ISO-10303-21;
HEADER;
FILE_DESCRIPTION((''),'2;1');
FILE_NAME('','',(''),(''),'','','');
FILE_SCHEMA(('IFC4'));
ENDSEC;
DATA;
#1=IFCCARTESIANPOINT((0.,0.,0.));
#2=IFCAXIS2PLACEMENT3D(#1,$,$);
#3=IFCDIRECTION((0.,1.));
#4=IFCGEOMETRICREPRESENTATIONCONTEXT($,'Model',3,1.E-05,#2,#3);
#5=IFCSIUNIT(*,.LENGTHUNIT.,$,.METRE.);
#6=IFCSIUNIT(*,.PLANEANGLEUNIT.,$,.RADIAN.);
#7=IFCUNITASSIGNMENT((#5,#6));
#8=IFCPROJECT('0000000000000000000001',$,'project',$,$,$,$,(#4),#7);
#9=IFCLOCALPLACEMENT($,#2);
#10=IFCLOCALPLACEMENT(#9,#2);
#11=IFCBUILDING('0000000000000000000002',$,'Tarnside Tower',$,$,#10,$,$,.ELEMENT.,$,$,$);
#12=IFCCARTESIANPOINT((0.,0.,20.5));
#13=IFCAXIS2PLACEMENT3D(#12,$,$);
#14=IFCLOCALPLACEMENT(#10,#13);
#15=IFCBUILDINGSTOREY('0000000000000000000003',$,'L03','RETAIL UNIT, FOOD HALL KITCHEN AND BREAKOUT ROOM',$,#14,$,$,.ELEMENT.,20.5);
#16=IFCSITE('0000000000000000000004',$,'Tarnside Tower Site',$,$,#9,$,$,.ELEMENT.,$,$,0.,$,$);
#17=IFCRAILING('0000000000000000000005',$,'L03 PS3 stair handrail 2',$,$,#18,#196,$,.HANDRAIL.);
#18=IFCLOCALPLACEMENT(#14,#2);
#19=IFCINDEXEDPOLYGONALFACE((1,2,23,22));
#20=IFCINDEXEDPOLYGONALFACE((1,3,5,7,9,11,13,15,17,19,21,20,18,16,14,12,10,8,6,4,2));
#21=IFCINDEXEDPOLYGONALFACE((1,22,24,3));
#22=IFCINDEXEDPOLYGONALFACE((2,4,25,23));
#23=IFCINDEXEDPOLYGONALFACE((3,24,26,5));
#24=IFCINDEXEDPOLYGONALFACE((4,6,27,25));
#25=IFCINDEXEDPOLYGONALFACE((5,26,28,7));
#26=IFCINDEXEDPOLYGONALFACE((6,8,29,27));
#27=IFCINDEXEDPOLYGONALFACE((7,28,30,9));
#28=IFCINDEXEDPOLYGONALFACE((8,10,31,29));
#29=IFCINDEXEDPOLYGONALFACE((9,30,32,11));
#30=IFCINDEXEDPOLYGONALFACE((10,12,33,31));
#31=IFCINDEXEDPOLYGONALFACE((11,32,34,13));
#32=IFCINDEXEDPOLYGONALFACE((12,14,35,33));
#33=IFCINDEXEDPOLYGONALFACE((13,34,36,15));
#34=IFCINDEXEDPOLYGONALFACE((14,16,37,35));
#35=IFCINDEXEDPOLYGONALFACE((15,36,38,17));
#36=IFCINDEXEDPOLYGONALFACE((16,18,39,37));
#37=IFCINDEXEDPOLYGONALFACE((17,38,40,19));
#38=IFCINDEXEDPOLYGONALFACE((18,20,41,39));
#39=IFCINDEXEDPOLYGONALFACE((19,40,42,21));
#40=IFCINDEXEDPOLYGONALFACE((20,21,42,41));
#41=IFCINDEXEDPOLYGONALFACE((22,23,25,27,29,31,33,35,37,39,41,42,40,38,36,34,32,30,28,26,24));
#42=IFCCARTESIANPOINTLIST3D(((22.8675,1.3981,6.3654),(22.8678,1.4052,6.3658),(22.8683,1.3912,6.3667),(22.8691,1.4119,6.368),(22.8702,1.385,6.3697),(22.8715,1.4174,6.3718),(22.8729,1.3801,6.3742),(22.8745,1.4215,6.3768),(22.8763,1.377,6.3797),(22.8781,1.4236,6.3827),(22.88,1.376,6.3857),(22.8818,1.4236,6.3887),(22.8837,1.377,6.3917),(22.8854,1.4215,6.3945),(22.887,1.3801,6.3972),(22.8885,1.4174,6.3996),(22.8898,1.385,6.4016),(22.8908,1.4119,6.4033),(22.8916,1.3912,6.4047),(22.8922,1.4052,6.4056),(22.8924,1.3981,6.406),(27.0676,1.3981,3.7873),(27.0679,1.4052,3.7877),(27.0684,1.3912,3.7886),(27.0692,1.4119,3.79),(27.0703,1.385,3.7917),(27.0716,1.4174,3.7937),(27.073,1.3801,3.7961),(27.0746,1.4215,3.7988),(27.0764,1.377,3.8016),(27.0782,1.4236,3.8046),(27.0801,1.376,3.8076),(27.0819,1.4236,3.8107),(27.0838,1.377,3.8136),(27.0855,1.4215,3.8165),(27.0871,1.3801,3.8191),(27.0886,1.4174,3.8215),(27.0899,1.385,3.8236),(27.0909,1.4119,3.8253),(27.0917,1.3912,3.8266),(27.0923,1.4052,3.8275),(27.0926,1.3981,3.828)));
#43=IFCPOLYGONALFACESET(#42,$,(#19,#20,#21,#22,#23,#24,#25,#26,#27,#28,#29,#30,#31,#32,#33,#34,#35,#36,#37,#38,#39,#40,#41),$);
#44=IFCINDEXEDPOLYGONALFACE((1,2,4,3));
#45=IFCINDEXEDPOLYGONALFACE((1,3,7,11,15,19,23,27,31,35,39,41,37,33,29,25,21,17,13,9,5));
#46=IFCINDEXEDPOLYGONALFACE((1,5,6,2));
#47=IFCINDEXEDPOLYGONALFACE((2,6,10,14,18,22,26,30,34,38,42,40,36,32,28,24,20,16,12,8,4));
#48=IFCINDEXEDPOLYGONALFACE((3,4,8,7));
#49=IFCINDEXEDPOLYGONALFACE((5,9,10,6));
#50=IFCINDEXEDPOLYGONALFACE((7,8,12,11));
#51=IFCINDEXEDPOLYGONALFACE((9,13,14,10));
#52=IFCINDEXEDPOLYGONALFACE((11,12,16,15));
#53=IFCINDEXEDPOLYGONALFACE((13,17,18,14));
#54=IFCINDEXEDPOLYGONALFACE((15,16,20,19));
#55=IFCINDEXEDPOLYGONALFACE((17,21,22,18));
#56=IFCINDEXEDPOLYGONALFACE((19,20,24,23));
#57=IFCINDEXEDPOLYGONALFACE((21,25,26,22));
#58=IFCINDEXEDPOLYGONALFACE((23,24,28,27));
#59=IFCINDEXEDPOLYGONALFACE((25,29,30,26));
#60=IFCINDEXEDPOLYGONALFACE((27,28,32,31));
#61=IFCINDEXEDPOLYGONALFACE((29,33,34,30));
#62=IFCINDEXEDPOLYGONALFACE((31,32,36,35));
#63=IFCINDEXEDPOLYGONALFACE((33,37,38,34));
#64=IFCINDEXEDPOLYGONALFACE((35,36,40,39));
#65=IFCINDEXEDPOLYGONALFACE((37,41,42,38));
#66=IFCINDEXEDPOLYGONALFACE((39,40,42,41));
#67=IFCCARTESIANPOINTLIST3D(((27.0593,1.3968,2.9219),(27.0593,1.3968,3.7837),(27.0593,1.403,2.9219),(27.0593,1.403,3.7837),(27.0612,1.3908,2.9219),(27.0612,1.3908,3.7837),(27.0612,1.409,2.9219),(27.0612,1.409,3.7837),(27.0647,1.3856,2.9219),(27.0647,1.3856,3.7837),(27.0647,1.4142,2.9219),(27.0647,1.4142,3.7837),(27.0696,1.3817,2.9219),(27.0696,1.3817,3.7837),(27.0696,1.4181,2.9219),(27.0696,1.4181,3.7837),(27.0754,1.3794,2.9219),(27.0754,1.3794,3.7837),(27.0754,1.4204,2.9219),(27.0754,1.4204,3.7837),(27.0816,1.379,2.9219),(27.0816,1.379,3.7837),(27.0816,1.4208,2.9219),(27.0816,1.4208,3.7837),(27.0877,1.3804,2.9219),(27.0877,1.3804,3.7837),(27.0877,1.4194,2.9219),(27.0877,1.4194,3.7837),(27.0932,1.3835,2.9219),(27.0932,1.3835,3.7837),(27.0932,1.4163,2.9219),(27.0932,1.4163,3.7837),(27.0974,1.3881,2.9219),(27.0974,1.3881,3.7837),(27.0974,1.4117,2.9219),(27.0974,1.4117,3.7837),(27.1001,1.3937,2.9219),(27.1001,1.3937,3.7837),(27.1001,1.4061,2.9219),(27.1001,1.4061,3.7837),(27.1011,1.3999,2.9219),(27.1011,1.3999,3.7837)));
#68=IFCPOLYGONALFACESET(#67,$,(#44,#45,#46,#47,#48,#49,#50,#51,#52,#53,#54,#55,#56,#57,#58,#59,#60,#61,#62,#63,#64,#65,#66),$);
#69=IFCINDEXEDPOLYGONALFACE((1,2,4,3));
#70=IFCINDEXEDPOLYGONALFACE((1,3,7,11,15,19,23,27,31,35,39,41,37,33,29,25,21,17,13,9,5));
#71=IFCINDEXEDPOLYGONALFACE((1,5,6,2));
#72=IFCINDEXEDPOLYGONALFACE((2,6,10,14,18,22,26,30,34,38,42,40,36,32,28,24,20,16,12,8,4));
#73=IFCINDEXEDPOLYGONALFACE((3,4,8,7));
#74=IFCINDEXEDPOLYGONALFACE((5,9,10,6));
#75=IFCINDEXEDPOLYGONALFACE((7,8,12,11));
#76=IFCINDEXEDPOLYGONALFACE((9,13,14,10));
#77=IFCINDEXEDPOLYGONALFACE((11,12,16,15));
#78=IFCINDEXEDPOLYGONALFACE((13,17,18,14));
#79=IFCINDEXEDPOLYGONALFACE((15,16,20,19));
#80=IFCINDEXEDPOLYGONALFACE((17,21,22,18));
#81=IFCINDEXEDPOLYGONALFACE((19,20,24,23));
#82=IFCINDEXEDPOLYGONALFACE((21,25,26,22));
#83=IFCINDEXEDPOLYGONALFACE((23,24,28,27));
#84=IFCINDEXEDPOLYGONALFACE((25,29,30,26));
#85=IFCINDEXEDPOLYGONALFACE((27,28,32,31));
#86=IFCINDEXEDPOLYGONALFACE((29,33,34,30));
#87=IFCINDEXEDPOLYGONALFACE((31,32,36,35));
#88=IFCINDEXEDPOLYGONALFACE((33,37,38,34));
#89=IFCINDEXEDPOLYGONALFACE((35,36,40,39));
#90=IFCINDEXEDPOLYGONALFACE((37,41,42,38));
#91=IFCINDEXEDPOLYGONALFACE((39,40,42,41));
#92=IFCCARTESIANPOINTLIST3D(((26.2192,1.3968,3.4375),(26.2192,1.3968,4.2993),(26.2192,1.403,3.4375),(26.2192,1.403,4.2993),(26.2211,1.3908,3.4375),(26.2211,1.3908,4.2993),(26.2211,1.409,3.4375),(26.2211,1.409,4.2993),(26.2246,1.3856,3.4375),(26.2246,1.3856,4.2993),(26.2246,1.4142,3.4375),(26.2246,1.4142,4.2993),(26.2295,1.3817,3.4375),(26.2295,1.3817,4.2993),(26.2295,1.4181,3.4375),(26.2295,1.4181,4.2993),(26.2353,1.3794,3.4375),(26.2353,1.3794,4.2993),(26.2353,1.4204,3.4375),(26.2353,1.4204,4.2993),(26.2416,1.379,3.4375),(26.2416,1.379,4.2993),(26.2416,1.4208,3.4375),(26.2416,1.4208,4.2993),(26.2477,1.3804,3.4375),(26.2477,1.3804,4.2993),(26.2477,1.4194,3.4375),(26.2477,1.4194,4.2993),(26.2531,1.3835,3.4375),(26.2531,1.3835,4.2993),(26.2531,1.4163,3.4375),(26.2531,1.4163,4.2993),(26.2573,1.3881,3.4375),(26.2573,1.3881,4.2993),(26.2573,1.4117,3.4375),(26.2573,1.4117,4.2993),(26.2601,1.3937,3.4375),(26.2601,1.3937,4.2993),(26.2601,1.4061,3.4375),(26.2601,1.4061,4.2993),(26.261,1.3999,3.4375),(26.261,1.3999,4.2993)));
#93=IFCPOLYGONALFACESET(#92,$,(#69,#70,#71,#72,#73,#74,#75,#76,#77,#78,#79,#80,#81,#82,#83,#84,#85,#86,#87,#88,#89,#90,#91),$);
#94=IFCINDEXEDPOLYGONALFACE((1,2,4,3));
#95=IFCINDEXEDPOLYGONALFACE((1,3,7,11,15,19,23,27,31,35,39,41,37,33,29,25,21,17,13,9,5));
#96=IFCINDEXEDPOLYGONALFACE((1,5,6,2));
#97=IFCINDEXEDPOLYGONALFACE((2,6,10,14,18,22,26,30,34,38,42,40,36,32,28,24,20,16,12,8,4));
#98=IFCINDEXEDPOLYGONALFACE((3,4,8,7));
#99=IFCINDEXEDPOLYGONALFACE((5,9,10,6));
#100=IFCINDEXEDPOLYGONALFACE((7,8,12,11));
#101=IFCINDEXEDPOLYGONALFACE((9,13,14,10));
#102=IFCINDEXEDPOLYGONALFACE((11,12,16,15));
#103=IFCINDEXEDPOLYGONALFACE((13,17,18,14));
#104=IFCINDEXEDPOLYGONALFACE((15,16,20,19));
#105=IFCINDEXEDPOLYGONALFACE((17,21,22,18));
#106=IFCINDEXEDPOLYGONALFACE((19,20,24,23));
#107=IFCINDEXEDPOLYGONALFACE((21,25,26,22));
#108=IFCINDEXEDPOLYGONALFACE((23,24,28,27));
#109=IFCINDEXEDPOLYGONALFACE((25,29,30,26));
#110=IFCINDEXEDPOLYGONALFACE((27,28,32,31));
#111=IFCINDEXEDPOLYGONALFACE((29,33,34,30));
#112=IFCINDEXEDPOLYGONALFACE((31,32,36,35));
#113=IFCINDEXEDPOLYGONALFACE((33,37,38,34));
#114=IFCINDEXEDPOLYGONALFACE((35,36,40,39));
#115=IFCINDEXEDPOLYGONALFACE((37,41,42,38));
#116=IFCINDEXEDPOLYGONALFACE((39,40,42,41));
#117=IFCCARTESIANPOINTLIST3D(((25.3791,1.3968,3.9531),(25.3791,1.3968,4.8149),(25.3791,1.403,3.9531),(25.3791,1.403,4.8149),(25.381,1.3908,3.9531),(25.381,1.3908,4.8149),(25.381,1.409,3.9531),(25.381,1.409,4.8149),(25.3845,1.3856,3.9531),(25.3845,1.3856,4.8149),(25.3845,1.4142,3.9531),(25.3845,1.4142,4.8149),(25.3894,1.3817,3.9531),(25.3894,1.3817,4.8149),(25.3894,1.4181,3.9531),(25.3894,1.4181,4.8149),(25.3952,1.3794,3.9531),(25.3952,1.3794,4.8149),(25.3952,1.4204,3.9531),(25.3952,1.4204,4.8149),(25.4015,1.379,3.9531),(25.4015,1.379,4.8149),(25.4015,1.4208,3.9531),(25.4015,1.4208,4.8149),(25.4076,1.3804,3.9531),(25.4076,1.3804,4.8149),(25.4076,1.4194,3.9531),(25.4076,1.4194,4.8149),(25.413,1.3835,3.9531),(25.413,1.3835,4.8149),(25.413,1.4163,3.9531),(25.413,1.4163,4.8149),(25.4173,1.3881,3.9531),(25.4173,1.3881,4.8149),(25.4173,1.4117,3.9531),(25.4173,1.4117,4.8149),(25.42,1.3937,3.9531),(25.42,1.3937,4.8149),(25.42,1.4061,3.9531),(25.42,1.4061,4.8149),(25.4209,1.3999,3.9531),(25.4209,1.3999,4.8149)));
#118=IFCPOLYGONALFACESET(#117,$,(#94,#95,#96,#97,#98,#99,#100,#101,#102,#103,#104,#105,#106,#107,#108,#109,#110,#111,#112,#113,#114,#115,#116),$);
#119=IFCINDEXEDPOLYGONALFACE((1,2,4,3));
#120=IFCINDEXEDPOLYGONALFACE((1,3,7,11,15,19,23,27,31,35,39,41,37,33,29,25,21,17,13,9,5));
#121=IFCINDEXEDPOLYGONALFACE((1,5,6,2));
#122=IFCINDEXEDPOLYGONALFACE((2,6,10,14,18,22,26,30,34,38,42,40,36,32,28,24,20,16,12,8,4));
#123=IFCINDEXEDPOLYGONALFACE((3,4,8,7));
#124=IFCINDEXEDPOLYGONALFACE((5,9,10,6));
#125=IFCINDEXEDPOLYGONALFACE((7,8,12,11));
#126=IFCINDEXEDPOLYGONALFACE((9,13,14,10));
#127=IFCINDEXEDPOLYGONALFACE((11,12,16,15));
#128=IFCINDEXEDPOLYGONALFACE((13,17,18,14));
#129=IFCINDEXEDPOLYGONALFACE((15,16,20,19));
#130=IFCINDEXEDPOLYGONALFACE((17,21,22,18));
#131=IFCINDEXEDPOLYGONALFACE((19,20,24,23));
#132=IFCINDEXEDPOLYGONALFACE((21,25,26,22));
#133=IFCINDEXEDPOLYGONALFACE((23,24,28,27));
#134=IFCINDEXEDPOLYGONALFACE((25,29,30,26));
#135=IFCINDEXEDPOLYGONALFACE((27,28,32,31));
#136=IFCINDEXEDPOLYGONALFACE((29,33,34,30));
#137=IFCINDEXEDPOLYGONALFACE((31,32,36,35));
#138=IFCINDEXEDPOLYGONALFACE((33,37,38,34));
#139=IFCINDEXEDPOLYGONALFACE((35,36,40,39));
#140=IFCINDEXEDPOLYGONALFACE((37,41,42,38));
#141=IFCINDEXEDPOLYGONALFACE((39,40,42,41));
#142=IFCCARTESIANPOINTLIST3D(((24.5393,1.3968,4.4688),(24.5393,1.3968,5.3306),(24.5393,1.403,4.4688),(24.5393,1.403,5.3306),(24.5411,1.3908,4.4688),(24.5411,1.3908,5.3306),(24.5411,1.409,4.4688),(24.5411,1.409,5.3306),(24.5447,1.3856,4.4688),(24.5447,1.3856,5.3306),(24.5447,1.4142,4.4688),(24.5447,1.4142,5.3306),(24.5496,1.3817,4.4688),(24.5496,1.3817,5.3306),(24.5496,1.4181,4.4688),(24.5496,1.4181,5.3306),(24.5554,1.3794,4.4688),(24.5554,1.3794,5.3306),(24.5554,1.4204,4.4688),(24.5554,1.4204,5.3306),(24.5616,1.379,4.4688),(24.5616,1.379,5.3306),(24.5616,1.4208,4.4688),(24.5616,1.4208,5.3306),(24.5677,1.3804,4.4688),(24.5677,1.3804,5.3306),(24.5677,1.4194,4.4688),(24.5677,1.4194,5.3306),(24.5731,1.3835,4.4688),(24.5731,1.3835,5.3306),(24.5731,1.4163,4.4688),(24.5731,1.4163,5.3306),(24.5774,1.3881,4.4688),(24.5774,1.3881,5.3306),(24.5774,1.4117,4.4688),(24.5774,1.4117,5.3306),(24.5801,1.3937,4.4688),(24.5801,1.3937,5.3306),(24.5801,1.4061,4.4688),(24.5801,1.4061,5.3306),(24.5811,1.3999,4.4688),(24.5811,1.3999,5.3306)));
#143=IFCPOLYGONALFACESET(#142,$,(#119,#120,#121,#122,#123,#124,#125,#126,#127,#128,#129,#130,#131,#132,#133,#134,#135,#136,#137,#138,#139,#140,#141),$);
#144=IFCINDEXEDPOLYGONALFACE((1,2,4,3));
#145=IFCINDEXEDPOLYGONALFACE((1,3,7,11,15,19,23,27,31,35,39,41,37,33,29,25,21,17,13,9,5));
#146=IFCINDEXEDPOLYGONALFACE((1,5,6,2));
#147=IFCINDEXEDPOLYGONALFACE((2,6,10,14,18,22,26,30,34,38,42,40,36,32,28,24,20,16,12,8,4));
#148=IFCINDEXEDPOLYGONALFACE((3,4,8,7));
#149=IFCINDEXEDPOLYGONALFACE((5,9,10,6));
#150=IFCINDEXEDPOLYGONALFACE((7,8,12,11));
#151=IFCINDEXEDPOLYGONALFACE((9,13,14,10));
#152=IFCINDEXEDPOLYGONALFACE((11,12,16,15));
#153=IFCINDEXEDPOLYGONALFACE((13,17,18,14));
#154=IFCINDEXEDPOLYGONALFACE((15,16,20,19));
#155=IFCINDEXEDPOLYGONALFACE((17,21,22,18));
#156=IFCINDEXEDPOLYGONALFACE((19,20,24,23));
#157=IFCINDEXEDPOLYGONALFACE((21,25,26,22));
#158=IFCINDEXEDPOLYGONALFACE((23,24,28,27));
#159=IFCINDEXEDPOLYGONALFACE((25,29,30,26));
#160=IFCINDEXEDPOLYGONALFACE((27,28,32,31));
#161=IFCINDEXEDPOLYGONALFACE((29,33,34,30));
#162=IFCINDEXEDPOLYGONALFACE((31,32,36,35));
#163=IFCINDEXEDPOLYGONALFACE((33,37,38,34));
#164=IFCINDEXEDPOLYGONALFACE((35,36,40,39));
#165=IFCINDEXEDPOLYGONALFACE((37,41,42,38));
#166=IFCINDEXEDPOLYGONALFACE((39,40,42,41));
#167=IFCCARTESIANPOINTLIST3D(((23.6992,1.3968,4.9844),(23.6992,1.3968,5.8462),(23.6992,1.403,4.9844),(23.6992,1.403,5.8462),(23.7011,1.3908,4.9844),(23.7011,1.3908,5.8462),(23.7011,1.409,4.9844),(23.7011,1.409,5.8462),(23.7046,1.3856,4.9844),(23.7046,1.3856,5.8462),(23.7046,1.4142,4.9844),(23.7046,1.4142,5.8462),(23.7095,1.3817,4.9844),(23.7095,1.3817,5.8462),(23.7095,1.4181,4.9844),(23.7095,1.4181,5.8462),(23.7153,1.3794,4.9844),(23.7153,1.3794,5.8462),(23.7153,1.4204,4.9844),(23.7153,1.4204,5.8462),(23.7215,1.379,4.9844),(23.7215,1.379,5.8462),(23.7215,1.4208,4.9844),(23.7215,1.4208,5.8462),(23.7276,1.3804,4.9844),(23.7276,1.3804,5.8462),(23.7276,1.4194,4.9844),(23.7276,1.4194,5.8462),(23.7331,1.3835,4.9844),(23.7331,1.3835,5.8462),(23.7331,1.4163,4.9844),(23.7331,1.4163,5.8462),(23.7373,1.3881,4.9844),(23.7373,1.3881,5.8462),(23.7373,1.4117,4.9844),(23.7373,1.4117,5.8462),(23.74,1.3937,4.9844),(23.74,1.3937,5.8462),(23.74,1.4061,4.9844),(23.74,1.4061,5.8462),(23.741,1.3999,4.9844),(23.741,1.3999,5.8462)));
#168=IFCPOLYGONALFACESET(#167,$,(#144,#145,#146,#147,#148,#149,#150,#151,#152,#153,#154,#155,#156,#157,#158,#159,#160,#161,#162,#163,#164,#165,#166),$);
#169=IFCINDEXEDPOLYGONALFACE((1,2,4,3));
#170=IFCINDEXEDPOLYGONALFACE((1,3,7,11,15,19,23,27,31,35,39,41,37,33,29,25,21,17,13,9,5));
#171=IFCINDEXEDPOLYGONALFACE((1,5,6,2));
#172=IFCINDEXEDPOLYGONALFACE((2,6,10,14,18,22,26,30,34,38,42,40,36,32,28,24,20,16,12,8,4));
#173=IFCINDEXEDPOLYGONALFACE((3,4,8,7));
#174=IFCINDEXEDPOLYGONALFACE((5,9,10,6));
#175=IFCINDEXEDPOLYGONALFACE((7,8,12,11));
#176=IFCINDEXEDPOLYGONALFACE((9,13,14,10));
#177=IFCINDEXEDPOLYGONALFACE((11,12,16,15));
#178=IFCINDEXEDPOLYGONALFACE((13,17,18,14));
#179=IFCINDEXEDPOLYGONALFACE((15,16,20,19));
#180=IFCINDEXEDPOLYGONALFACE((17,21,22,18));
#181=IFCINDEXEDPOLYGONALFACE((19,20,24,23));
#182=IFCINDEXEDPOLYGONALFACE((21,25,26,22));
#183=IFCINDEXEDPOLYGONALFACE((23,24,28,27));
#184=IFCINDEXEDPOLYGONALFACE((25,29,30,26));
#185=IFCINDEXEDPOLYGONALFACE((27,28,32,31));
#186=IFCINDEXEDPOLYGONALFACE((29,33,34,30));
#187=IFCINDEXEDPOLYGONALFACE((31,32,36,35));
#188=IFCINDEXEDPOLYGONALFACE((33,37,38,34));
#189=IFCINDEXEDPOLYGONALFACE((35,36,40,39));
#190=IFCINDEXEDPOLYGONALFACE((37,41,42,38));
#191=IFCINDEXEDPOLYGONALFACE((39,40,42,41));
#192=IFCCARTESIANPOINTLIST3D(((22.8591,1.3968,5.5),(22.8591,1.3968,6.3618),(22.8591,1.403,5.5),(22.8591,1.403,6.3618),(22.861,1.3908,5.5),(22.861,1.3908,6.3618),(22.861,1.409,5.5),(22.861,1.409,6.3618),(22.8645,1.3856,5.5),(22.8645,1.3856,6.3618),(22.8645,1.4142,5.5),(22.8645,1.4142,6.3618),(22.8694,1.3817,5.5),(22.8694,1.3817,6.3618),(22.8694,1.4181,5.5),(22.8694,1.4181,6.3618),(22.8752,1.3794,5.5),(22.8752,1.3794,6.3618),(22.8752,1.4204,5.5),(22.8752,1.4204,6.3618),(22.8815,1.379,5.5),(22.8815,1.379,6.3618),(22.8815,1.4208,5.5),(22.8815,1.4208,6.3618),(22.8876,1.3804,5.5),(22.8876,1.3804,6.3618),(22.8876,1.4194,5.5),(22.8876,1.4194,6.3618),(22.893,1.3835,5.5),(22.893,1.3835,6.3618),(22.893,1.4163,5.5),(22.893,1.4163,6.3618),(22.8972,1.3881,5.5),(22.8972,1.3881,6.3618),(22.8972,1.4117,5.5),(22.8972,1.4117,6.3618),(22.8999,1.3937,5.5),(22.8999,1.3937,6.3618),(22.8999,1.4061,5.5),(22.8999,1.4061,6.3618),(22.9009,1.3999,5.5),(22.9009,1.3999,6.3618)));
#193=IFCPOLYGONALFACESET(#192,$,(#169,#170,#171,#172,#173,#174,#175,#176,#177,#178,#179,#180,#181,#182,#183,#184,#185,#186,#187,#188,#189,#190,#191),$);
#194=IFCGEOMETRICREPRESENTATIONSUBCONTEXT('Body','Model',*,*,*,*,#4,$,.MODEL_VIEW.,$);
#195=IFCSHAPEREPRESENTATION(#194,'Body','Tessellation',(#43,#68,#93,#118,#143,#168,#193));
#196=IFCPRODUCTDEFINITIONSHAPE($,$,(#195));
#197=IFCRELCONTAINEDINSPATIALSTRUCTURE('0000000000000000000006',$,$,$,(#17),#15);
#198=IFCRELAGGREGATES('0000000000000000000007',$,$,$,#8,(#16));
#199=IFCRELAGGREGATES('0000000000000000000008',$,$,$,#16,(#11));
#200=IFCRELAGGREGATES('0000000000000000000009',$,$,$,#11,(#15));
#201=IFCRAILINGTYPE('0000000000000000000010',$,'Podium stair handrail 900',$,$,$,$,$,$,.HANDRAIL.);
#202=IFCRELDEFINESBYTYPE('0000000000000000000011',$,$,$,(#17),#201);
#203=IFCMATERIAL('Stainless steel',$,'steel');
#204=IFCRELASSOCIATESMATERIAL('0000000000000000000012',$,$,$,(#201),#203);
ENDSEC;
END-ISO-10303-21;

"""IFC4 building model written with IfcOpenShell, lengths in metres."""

from ifc_helpers import new_model, si_unit, direction, frame, origin, origin_2d, place, context, subcontext, project, spatial, circle, extrude, material, type_object, element, save


model = new_model("IFC4")

# Units and contexts
model_context = context("Model", 3, precision=1e-05, world=origin(), true_north=direction((0.0, 1.0)))
body_context = subcontext(model_context, "Body", "Model", "MODEL_VIEW")
ifc_project = project(units=[si_unit("LENGTHUNIT", "METRE"), si_unit("PLANEANGLEUNIT", "RADIAN")], contexts=[model_context])

# Site, building, storey
site_placement = place(None, origin())
site = spatial("IfcSite", under=ifc_project, at=site_placement, Name="Tarnside Tower Site", CompositionType="ELEMENT", RefElevation=0.0)
building_placement = place(site_placement, origin())
building = spatial("IfcBuilding", under=site, at=building_placement, Name="Tarnside Tower", CompositionType="ELEMENT")
storey_placement = place(building_placement, frame((0.0, 0.0, 20.5)))
storey = spatial("IfcBuildingStorey", under=building, at=storey_placement, Name="L03", Description="RETAIL UNIT, FOOD HALL KITCHEN AND BREAKOUT ROOM", CompositionType="ELEMENT", Elevation=20.5)

# Railing
ifc_material_1 = material(Name="Stainless steel", Category="steel")
railing_type_1 = type_object("IfcRailingType", Name="Podium stair handrail 900", PredefinedType="HANDRAIL", material=ifc_material_1)
railing_1_placement = place(storey_placement, frame((27.0801, 1.3999, 2.9219)))
element("IfcRailing", 1, at=railing_1_placement, inside=storey, type_object=railing_type_1, Name="L03 PS3 stair handrail 2", PredefinedType="HANDRAIL", context=body_context, shape_type="SweptSolid", body=[
    extrude(circle(Radius=0.0239, at=origin_2d()), frame((0.0, 0.0, 0.8857), z_axis=(-0.852256, 0.0, 0.523124), x_axis=(0.0, -1.0, 0.0)), (0.0, 0.0, 1.0), 4.9282),
    extrude(circle(Radius=0.021, at=origin_2d()), origin(), (0.0, 0.0, 1.0), 0.8618),
    extrude(circle(Radius=0.021, at=origin_2d()), frame((-0.8401, 0.0, 0.5156)), (0.0, 0.0, 1.0), 0.8618),
    extrude(circle(Radius=0.021, at=origin_2d()), frame((-1.6802, 0.0, 1.0312)), (0.0, 0.0, 1.0), 0.8618),
    extrude(circle(Radius=0.021, at=origin_2d()), frame((-2.52, 0.0, 1.5469)), (0.0, 0.0, 1.0), 0.8618),
    extrude(circle(Radius=0.021, at=origin_2d()), frame((-3.3601, 0.0, 2.0625)), (0.0, 0.0, 1.0), 0.8618),
    extrude(circle(Radius=0.021, at=origin_2d()), frame((-4.2002, 0.0, 2.5781)), (0.0, 0.0, 1.0), 0.8618),
])

save(model, "model.ifc")
